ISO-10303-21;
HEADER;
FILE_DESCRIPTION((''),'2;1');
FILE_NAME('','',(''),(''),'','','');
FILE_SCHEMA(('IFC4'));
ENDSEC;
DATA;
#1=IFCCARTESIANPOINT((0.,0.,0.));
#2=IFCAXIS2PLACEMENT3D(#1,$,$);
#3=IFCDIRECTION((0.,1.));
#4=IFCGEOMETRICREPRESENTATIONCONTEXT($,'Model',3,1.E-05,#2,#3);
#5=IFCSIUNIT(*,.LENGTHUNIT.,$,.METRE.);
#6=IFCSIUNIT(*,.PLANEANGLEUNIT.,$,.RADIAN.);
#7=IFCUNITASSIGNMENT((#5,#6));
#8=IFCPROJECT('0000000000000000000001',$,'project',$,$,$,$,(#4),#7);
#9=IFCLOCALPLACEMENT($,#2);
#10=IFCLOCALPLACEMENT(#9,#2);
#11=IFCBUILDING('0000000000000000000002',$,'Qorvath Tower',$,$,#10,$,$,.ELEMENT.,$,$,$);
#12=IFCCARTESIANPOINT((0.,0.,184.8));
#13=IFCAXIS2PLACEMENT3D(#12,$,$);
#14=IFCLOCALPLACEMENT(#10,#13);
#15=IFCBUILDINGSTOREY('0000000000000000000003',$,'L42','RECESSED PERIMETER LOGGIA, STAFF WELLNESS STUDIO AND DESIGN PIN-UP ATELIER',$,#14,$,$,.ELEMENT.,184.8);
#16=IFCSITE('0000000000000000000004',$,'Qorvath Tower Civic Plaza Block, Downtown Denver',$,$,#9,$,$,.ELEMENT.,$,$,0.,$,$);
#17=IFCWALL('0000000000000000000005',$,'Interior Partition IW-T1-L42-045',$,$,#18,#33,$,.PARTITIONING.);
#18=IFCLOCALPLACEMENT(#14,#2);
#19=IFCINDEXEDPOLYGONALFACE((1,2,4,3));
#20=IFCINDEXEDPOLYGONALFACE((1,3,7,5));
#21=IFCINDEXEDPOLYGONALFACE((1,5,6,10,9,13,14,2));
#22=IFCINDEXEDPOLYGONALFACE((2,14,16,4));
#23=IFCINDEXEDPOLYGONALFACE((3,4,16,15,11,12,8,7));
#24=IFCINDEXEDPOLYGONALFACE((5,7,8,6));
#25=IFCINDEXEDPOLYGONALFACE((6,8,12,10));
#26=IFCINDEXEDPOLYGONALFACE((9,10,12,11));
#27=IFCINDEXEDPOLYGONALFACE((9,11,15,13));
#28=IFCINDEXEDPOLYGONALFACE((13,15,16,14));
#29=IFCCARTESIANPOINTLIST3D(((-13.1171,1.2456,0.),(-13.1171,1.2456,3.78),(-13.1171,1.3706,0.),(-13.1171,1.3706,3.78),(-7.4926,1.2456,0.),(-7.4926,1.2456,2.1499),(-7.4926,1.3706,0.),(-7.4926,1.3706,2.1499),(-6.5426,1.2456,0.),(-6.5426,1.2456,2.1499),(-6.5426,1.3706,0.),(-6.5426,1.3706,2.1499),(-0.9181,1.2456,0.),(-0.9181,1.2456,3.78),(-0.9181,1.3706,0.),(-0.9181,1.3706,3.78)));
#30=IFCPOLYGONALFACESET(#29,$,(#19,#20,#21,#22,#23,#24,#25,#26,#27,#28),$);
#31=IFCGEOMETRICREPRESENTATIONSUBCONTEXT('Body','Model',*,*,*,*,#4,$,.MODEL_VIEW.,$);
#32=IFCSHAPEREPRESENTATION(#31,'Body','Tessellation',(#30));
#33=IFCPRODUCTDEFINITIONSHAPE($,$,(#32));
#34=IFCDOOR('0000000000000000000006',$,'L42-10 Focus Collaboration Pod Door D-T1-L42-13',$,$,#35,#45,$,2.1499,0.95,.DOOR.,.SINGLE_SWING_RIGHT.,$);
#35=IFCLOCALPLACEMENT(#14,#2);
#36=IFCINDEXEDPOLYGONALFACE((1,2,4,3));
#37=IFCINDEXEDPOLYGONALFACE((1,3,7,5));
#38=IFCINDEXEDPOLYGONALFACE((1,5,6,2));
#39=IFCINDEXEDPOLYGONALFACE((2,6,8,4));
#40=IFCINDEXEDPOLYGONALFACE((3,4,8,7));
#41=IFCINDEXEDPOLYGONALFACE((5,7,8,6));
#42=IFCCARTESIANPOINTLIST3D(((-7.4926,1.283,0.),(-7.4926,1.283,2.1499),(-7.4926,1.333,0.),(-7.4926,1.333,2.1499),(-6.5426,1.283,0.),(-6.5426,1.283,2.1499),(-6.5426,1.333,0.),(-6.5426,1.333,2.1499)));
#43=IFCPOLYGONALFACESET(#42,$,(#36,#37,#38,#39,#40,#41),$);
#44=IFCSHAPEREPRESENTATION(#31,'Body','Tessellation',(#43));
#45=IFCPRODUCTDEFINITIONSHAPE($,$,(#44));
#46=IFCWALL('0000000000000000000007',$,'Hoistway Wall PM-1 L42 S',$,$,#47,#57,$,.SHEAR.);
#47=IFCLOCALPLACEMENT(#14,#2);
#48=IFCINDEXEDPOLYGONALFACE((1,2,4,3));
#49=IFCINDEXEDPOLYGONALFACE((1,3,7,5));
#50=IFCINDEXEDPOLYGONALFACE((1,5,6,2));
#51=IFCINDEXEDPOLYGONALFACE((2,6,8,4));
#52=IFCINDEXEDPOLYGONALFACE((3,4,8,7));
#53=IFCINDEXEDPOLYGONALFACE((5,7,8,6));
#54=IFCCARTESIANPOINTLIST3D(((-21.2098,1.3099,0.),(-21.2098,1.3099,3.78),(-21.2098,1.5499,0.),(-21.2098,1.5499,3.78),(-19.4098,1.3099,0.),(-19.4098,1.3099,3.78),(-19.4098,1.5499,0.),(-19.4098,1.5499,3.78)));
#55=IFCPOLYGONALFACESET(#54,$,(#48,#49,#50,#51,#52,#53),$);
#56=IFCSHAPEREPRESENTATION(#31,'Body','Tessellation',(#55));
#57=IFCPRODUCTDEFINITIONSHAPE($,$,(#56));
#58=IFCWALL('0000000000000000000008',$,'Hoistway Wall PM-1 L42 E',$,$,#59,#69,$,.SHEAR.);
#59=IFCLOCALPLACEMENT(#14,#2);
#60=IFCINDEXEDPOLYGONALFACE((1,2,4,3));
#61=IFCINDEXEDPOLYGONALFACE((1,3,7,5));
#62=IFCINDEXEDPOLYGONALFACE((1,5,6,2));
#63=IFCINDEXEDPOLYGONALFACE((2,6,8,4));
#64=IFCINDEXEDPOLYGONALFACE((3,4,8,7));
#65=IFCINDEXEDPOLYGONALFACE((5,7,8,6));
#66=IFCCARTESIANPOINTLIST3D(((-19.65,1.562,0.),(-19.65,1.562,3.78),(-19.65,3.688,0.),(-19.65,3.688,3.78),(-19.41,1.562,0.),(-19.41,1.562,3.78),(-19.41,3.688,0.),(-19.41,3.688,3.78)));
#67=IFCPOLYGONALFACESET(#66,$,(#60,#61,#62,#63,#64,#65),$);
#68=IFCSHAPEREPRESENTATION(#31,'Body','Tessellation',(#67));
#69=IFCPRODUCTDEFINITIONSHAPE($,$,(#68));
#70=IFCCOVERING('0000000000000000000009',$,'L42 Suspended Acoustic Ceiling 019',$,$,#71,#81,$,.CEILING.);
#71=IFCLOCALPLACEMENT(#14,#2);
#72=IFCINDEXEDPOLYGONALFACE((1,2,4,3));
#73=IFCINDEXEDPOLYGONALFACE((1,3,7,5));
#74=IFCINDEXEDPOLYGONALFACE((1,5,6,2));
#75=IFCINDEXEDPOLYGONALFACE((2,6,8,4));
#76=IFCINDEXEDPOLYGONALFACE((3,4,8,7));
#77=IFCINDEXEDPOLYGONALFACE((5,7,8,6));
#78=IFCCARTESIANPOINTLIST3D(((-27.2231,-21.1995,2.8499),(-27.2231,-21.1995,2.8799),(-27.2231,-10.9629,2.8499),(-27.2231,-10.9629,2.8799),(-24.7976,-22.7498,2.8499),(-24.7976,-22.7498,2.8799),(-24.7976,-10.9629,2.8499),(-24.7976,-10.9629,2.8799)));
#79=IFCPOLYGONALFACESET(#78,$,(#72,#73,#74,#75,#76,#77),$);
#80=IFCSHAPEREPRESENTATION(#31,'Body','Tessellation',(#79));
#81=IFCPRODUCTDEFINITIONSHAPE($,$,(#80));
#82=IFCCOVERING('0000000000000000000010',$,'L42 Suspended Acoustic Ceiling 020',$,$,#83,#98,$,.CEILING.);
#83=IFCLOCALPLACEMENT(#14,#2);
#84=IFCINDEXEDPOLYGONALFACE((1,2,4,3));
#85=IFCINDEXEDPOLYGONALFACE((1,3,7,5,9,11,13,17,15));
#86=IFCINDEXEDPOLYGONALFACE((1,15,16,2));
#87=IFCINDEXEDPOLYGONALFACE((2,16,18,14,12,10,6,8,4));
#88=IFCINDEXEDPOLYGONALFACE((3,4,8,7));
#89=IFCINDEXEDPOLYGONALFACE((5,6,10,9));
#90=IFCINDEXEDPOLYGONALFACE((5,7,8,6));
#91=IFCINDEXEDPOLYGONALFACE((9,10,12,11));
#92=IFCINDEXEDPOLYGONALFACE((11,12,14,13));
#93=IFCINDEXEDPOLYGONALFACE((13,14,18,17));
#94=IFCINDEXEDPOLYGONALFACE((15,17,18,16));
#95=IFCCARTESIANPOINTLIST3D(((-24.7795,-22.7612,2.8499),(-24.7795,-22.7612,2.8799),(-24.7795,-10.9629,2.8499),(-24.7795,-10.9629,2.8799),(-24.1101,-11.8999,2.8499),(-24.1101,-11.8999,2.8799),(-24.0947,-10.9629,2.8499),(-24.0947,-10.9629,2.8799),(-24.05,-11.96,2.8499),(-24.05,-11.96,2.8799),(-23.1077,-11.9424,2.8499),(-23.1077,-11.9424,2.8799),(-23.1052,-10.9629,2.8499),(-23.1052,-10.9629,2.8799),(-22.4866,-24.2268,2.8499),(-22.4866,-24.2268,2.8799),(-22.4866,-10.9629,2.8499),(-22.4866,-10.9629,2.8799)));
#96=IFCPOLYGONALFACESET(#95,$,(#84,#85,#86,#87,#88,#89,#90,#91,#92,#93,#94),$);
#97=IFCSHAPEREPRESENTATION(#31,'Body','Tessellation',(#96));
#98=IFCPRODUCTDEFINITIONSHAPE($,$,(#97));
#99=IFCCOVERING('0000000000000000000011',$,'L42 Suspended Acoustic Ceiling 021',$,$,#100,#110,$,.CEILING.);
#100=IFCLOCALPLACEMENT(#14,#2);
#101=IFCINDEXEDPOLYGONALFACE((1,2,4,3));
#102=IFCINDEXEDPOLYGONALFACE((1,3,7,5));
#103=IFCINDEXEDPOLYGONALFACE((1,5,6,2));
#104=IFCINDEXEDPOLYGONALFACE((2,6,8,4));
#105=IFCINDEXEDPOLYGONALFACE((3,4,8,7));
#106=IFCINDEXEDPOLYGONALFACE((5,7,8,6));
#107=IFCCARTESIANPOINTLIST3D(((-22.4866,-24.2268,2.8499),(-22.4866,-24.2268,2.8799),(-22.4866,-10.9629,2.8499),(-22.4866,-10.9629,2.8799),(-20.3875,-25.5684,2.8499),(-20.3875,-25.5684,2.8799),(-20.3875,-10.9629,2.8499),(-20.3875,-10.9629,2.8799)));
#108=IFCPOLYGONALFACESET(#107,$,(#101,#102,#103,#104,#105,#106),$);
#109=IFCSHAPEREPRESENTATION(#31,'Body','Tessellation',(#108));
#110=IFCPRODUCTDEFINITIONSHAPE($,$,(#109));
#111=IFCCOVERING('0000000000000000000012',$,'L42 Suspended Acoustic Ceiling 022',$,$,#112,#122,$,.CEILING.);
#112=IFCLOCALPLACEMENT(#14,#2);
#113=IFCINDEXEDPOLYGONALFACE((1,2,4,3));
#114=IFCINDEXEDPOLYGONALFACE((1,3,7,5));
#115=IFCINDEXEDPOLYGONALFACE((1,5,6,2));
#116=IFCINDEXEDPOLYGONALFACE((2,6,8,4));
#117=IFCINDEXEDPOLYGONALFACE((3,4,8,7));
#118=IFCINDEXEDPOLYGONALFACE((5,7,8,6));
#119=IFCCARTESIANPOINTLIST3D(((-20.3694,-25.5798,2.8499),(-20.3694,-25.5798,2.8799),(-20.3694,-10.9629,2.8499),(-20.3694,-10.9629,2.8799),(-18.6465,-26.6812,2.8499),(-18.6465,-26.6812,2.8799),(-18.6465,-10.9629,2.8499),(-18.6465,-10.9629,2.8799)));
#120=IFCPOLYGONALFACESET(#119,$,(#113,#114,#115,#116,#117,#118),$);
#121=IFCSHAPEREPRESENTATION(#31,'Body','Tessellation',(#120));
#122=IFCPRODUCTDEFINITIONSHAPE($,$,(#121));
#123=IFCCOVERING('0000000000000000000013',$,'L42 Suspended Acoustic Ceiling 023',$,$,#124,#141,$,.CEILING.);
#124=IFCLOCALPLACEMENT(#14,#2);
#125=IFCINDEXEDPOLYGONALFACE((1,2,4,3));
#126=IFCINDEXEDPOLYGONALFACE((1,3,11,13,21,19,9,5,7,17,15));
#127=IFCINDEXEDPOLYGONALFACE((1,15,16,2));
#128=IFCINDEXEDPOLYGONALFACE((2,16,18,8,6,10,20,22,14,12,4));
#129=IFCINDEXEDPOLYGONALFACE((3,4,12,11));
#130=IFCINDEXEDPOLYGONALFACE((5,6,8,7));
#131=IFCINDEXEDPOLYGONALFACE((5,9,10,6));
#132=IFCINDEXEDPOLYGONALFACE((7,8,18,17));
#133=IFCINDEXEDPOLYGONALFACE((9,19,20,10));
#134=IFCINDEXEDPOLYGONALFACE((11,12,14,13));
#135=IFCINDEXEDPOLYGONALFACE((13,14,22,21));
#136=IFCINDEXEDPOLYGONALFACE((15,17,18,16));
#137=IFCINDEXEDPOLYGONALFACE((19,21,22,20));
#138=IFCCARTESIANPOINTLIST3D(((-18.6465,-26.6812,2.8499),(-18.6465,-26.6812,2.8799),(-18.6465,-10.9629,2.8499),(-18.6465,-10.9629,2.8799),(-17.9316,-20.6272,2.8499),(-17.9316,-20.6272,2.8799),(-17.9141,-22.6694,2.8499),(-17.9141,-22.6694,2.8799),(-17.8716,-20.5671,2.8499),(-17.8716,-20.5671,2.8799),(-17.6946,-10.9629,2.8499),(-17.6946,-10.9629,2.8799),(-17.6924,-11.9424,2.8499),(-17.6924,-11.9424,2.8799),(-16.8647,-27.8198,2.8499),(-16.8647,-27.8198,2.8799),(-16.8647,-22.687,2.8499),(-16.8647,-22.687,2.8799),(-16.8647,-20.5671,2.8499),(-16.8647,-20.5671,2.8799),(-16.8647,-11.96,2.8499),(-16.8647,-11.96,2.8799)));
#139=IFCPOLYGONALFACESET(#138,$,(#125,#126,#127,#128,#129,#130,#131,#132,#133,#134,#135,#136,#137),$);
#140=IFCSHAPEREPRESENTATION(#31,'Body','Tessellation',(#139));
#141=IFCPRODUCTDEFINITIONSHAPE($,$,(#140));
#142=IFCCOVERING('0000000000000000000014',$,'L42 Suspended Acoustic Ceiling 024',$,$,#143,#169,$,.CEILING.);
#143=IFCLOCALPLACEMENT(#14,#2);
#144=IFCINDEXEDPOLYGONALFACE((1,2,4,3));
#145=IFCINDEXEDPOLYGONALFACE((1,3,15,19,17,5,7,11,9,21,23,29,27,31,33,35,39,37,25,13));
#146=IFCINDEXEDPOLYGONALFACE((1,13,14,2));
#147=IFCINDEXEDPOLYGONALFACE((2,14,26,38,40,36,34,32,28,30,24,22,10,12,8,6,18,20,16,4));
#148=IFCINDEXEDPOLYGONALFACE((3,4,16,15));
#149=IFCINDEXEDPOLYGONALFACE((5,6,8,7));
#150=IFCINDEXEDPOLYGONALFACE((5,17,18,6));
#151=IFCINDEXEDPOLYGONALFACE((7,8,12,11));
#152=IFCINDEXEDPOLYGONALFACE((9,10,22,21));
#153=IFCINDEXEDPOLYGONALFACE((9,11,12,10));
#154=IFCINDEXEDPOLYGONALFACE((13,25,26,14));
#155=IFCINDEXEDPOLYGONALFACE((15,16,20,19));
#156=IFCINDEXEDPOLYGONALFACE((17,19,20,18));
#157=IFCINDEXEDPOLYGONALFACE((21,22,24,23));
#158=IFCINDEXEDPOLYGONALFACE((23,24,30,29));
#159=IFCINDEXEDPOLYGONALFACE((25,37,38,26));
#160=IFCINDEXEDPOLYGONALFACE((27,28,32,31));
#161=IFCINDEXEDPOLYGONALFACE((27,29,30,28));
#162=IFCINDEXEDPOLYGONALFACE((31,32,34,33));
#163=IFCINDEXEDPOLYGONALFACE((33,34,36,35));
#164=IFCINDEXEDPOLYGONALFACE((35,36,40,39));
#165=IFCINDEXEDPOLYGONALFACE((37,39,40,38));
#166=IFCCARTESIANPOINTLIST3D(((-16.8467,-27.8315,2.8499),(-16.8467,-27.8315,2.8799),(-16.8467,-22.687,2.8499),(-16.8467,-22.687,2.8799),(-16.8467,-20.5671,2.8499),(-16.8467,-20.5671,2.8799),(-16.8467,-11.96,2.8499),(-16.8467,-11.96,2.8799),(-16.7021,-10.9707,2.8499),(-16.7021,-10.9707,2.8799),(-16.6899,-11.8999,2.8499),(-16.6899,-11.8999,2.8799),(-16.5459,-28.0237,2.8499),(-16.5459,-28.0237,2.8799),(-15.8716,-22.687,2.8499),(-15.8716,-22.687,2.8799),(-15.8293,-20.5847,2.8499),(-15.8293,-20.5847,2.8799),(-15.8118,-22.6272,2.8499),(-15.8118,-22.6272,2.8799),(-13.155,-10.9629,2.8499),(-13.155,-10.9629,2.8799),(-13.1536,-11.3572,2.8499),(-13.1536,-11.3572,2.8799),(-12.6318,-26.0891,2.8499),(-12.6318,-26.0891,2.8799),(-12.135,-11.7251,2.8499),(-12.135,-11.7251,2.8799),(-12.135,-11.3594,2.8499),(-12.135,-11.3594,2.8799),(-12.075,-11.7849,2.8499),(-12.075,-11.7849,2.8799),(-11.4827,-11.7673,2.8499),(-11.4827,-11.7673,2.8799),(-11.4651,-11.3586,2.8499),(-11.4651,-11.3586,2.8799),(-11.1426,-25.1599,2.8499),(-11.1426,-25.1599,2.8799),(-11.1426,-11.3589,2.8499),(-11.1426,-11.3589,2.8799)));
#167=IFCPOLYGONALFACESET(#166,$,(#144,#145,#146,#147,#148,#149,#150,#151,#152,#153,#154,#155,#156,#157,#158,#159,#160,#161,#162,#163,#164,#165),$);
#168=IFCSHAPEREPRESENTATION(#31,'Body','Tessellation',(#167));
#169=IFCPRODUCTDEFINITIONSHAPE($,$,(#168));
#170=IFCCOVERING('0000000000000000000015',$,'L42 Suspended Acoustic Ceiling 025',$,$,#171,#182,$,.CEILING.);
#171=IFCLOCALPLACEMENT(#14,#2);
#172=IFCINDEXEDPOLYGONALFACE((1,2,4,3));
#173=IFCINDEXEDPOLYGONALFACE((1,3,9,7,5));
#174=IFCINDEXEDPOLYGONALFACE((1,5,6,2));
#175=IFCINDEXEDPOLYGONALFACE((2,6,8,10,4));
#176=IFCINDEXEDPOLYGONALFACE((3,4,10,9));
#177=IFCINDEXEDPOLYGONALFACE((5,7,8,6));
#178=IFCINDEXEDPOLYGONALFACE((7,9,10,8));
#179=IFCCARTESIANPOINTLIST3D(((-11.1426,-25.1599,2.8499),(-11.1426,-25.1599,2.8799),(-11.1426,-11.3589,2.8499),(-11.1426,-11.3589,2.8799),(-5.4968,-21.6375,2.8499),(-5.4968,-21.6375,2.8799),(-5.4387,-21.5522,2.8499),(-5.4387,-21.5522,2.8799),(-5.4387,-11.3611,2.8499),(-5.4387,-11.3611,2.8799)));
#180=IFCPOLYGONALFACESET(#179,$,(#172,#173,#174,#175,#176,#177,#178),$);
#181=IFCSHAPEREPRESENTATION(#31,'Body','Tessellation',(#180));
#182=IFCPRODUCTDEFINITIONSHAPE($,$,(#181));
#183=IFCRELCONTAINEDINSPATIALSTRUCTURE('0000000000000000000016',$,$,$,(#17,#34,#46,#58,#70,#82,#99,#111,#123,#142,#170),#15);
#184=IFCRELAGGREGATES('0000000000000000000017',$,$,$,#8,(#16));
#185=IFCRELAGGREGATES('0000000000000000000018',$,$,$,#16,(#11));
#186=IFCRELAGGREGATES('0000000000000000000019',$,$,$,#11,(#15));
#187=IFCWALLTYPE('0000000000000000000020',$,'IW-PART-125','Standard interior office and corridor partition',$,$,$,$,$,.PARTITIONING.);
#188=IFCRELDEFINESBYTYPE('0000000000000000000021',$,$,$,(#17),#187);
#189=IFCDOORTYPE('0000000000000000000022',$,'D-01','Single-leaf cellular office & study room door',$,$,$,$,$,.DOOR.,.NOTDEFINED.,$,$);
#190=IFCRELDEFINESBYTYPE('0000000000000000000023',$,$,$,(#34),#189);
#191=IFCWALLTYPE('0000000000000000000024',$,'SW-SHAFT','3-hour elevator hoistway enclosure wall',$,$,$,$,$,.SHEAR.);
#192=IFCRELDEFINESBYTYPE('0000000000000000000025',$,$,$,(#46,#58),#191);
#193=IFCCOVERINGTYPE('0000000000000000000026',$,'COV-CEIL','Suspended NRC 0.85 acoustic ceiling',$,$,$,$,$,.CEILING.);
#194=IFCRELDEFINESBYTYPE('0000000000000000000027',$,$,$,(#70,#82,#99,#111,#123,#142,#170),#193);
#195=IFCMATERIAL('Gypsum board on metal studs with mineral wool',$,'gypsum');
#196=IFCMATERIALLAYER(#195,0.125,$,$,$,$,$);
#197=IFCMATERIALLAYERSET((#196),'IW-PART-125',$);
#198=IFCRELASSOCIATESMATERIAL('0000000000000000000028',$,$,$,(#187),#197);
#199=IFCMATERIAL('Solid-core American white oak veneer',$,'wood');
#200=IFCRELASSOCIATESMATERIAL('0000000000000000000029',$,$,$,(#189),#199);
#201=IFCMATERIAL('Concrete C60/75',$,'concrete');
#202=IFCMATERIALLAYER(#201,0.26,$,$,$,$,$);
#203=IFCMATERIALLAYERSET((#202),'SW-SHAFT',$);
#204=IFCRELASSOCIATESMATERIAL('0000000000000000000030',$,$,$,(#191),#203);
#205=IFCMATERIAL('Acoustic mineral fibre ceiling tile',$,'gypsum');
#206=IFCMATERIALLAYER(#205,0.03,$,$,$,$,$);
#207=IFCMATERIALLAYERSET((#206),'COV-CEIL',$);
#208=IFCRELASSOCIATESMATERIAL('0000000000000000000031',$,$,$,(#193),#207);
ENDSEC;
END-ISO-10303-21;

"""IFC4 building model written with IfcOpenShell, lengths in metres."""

from ifc_helpers import new_model, si_unit, direction, frame, frame_2d, origin, place, context, subcontext, project, spatial, polyline, rectangle, outline, extrude, material, layer, layer_set, type_object, element, fill, save


model = new_model("IFC4")

# Units and contexts
model_context = context("Model", 3, precision=1e-05, world=origin(), true_north=direction((0.0, 1.0)))
body_context = subcontext(model_context, "Body", "Model", "MODEL_VIEW")
ifc_project = project(units=[si_unit("LENGTHUNIT", "METRE"), si_unit("PLANEANGLEUNIT", "RADIAN")], contexts=[model_context])

# Site, building, storey
site_placement = place(None, origin())
site = spatial("IfcSite", under=ifc_project, at=site_placement, Name="Qorvath Tower Civic Plaza Block, Downtown Denver", CompositionType="ELEMENT", RefElevation=0.0)
building_placement = place(site_placement, origin())
building = spatial("IfcBuilding", under=site, at=building_placement, Name="Qorvath Tower", CompositionType="ELEMENT")
storey_placement = place(building_placement, frame((0.0, 0.0, 184.8)))
storey = spatial("IfcBuildingStorey", under=building, at=storey_placement, Name="L42", Description="RECESSED PERIMETER LOGGIA, STAFF WELLNESS STUDIO AND DESIGN PIN-UP ATELIER", CompositionType="ELEMENT", Elevation=184.8)

# Shared definitions
ifc_material_1 = material(Name="Gypsum board on metal studs with mineral wool", Category="gypsum")
ifc_layer_1 = layer(ifc_material_1, 0.125)
ifc_layer_set_1 = layer_set([ifc_layer_1], Name="IW-PART-125")
wall_type_1 = type_object("IfcWallType", Name="IW-PART-125", Description="Standard interior office and corridor partition", PredefinedType="PARTITIONING", material=ifc_layer_set_1)
ifc_material_2 = material(Name="Solid-core American white oak veneer", Category="wood")
door_type = type_object("IfcDoorType", Name="D-01", Description="Single-leaf cellular office & study room door", OperationType="NOTDEFINED", PredefinedType="DOOR", material=ifc_material_2)

# Wall, opening, door
wall_1_placement = place(storey_placement, frame((-13.1172, 1.3081, 0.0), z_axis=(0.0, 0.0, 1.0), x_axis=(1.0, 0.0, 0.0)))
wall_1 = element("IfcWall", 1, at=wall_1_placement, inside=storey, type_object=wall_type_1, Name="Interior Partition IW-T1-L42-045", PredefinedType="PARTITIONING", context=body_context, shape_type="SweptSolid", body=[
    extrude(rectangle(XDim=12.199, YDim=0.125, at=frame_2d((6.0996, 0.0))), origin(), (0.0, 0.0, 1.0), 3.78),
])
opening_1_placement = place(wall_1_placement, frame((5.6245, 0.0, 0.0)))
opening_1 = element("IfcOpeningElement", 2, at=opening_1_placement, cuts=wall_1, PredefinedType="OPENING", context=body_context, shape_type="SweptSolid", body=[
    extrude(rectangle(XDim=0.95, YDim=2.1499, at=frame_2d((0.4751, 1.075))), frame((0.0, 0.0725, 0.0), z_axis=(0.0, -1.0, 0.0), x_axis=(1.0, 0.0, 0.0)), (0.0, 0.0, 1.0), 0.145),
])
door_1_placement = place(opening_1_placement, origin())
door_1 = element("IfcDoor", 3, at=door_1_placement, inside=storey, type_object=door_type, Name="L42-10 Focus Collaboration Pod Door D-T1-L42-13", OperationType="SINGLE_SWING_RIGHT", OverallHeight=2.1499, OverallWidth=0.95, PredefinedType="DOOR", context=body_context, shape_type="SweptSolid", body=[
    extrude(rectangle(XDim=0.95, YDim=2.1499, at=frame_2d((0.4751, 1.075))), frame((0.0, 0.0249, 0.0), z_axis=(0.0, -1.0, 0.0), x_axis=(1.0, 0.0, 0.0)), (0.0, 0.0, 1.0), 0.05),
])
fill(opening_1, door_1)

# Walls
ifc_material_3 = material(Name="Concrete C60/75", Category="concrete")
ifc_layer_2 = layer(ifc_material_3, 0.26)
ifc_layer_set_2 = layer_set([ifc_layer_2], Name="SW-SHAFT")
wall_type_2 = type_object("IfcWallType", Name="SW-SHAFT", Description="3-hour elevator hoistway enclosure wall", PredefinedType="SHEAR", material=ifc_layer_set_2)
wall_2_placement = place(storey_placement, frame((-19.4099, 1.4299, 0.0), z_axis=(0.0, 0.0, 1.0), x_axis=(-1.0, 0.0, 0.0)))
element("IfcWall", 4, at=wall_2_placement, inside=storey, type_object=wall_type_2, Name="Hoistway Wall PM-1 L42 S", PredefinedType="SHEAR", context=body_context, shape_type="SweptSolid", body=[
    extrude(rectangle(XDim=1.8, YDim=0.24, at=frame_2d((0.8999, 0.0))), origin(), (0.0, 0.0, 1.0), 3.78),
])
wall_3_placement = place(storey_placement, frame((-19.53, 3.688, 0.0), z_axis=(0.0, 0.0, 1.0), x_axis=(0.0, -1.0, 0.0)))
element("IfcWall", 5, at=wall_3_placement, inside=storey, type_object=wall_type_2, Name="Hoistway Wall PM-1 L42 E", PredefinedType="SHEAR", context=body_context, shape_type="SweptSolid", body=[
    extrude(rectangle(XDim=2.126, YDim=0.24, at=frame_2d((1.063, 0.0))), origin(), (0.0, 0.0, 1.0), 3.78),
])

# Coverings
ifc_material_4 = material(Name="Acoustic mineral fibre ceiling tile", Category="gypsum")
ifc_layer_3 = layer(ifc_material_4, 0.03)
ifc_layer_set_3 = layer_set([ifc_layer_3], Name="COV-CEIL")
covering_type_1 = type_object("IfcCoveringType", Name="COV-CEIL", Description="Suspended NRC 0.85 acoustic ceiling", PredefinedType="CEILING", material=ifc_layer_set_3)
covering_1_placement = place(storey_placement, frame((0.0, 0.0, 2.8499)))
element("IfcCovering", 6, at=covering_1_placement, inside=storey, type_object=covering_type_1, Name="L42 Suspended Acoustic Ceiling 019", PredefinedType="CEILING", context=body_context, shape_type="SweptSolid", body=[
    extrude(outline(polyline([(-24.7976, -10.9629), (-27.2231, -10.9629), (-27.2231, -21.1995), (-24.7976, -22.7498), (-24.7976, -10.9629)])), origin(), (0.0, 0.0, 1.0), 0.03),
])
covering_2_placement = place(storey_placement, frame((0.0, 0.0, 2.8499)))
element("IfcCovering", 7, at=covering_2_placement, inside=storey, type_object=covering_type_1, Name="L42 Suspended Acoustic Ceiling 020", PredefinedType="CEILING", context=body_context, shape_type="SweptSolid", body=[
    extrude(outline(polyline([(-24.0947, -10.9629), (-24.7795, -10.9629), (-24.7795, -22.7612), (-22.4866, -24.2268), (-22.4866, -10.9629), (-23.1052, -10.9629), (-23.1077, -11.9424), (-24.05, -11.96), (-24.1101, -11.8999), (-24.0947, -10.9629)])), origin(), (0.0, 0.0, 1.0), 0.03),
])
covering_3_placement = place(storey_placement, frame((0.0, 0.0, 2.8499)))
element("IfcCovering", 8, at=covering_3_placement, inside=storey, type_object=covering_type_1, Name="L42 Suspended Acoustic Ceiling 021", PredefinedType="CEILING", context=body_context, shape_type="SweptSolid", body=[
    extrude(outline(polyline([(-22.4866, -10.9629), (-22.4866, -24.2268), (-20.3875, -25.5684), (-20.3875, -10.9629), (-22.4866, -10.9629)])), origin(), (0.0, 0.0, 1.0), 0.03),
])
covering_4_placement = place(storey_placement, frame((0.0, 0.0, 2.8499)))
element("IfcCovering", 9, at=covering_4_placement, inside=storey, type_object=covering_type_1, Name="L42 Suspended Acoustic Ceiling 022", PredefinedType="CEILING", context=body_context, shape_type="SweptSolid", body=[
    extrude(outline(polyline([(-18.6465, -26.6812), (-18.6465, -10.9629), (-20.3694, -10.9629), (-20.3694, -25.5798), (-18.6465, -26.6812)])), origin(), (0.0, 0.0, 1.0), 0.03),
])
covering_5_placement = place(storey_placement, frame((0.0, 0.0, 2.8499)))
element("IfcCovering", 10, at=covering_5_placement, inside=storey, type_object=covering_type_1, Name="L42 Suspended Acoustic Ceiling 023", PredefinedType="CEILING", context=body_context, shape_type="SweptSolid", body=[
    extrude(outline(polyline([(-17.8716, -20.5671), (-16.8647, -20.5671), (-16.8647, -11.96), (-17.6924, -11.9424), (-17.6946, -10.9629), (-18.6465, -10.9629), (-18.6465, -26.6812), (-16.8647, -27.8198), (-16.8647, -22.687), (-17.9141, -22.6694), (-17.9316, -20.6272), (-17.8716, -20.5671)])), origin(), (0.0, 0.0, 1.0), 0.03),
])
covering_6_placement = place(storey_placement, frame((0.0, 0.0, 2.8499)))
element("IfcCovering", 11, at=covering_6_placement, inside=storey, type_object=covering_type_1, Name="L42 Suspended Acoustic Ceiling 024", PredefinedType="CEILING", context=body_context, shape_type="SweptSolid", body=[
    extrude(outline(polyline([(-16.8467, -27.8315), (-16.5459, -28.0237), (-12.6318, -26.0891), (-11.1426, -25.1599), (-11.1426, -11.3589), (-11.4651, -11.3586), (-11.4827, -11.7673), (-12.075, -11.7849), (-12.135, -11.7251), (-12.135, -11.3594), (-13.1536, -11.3572), (-13.155, -10.9629), (-16.7021, -10.9707), (-16.6899, -11.8999), (-16.8467, -11.96), (-16.8467, -20.5671), (-15.8293, -20.5847), (-15.8118, -22.6272), (-15.8716, -22.687), (-16.8467, -22.687), (-16.8467, -27.8315)])), origin(), (0.0, 0.0, 1.0), 0.03),
])
covering_7_placement = place(storey_placement, frame((0.0, 0.0, 2.8499)))
element("IfcCovering", 12, at=covering_7_placement, inside=storey, type_object=covering_type_1, Name="L42 Suspended Acoustic Ceiling 025", PredefinedType="CEILING", context=body_context, shape_type="SweptSolid", body=[
    extrude(outline(polyline([(-11.1426, -11.3589), (-11.1426, -25.1599), (-5.4968, -21.6375), (-5.4387, -21.5522), (-5.4387, -11.3611), (-11.1426, -11.3589)])), origin(), (0.0, 0.0, 1.0), 0.03),
])

save(model, "model.ifc")
